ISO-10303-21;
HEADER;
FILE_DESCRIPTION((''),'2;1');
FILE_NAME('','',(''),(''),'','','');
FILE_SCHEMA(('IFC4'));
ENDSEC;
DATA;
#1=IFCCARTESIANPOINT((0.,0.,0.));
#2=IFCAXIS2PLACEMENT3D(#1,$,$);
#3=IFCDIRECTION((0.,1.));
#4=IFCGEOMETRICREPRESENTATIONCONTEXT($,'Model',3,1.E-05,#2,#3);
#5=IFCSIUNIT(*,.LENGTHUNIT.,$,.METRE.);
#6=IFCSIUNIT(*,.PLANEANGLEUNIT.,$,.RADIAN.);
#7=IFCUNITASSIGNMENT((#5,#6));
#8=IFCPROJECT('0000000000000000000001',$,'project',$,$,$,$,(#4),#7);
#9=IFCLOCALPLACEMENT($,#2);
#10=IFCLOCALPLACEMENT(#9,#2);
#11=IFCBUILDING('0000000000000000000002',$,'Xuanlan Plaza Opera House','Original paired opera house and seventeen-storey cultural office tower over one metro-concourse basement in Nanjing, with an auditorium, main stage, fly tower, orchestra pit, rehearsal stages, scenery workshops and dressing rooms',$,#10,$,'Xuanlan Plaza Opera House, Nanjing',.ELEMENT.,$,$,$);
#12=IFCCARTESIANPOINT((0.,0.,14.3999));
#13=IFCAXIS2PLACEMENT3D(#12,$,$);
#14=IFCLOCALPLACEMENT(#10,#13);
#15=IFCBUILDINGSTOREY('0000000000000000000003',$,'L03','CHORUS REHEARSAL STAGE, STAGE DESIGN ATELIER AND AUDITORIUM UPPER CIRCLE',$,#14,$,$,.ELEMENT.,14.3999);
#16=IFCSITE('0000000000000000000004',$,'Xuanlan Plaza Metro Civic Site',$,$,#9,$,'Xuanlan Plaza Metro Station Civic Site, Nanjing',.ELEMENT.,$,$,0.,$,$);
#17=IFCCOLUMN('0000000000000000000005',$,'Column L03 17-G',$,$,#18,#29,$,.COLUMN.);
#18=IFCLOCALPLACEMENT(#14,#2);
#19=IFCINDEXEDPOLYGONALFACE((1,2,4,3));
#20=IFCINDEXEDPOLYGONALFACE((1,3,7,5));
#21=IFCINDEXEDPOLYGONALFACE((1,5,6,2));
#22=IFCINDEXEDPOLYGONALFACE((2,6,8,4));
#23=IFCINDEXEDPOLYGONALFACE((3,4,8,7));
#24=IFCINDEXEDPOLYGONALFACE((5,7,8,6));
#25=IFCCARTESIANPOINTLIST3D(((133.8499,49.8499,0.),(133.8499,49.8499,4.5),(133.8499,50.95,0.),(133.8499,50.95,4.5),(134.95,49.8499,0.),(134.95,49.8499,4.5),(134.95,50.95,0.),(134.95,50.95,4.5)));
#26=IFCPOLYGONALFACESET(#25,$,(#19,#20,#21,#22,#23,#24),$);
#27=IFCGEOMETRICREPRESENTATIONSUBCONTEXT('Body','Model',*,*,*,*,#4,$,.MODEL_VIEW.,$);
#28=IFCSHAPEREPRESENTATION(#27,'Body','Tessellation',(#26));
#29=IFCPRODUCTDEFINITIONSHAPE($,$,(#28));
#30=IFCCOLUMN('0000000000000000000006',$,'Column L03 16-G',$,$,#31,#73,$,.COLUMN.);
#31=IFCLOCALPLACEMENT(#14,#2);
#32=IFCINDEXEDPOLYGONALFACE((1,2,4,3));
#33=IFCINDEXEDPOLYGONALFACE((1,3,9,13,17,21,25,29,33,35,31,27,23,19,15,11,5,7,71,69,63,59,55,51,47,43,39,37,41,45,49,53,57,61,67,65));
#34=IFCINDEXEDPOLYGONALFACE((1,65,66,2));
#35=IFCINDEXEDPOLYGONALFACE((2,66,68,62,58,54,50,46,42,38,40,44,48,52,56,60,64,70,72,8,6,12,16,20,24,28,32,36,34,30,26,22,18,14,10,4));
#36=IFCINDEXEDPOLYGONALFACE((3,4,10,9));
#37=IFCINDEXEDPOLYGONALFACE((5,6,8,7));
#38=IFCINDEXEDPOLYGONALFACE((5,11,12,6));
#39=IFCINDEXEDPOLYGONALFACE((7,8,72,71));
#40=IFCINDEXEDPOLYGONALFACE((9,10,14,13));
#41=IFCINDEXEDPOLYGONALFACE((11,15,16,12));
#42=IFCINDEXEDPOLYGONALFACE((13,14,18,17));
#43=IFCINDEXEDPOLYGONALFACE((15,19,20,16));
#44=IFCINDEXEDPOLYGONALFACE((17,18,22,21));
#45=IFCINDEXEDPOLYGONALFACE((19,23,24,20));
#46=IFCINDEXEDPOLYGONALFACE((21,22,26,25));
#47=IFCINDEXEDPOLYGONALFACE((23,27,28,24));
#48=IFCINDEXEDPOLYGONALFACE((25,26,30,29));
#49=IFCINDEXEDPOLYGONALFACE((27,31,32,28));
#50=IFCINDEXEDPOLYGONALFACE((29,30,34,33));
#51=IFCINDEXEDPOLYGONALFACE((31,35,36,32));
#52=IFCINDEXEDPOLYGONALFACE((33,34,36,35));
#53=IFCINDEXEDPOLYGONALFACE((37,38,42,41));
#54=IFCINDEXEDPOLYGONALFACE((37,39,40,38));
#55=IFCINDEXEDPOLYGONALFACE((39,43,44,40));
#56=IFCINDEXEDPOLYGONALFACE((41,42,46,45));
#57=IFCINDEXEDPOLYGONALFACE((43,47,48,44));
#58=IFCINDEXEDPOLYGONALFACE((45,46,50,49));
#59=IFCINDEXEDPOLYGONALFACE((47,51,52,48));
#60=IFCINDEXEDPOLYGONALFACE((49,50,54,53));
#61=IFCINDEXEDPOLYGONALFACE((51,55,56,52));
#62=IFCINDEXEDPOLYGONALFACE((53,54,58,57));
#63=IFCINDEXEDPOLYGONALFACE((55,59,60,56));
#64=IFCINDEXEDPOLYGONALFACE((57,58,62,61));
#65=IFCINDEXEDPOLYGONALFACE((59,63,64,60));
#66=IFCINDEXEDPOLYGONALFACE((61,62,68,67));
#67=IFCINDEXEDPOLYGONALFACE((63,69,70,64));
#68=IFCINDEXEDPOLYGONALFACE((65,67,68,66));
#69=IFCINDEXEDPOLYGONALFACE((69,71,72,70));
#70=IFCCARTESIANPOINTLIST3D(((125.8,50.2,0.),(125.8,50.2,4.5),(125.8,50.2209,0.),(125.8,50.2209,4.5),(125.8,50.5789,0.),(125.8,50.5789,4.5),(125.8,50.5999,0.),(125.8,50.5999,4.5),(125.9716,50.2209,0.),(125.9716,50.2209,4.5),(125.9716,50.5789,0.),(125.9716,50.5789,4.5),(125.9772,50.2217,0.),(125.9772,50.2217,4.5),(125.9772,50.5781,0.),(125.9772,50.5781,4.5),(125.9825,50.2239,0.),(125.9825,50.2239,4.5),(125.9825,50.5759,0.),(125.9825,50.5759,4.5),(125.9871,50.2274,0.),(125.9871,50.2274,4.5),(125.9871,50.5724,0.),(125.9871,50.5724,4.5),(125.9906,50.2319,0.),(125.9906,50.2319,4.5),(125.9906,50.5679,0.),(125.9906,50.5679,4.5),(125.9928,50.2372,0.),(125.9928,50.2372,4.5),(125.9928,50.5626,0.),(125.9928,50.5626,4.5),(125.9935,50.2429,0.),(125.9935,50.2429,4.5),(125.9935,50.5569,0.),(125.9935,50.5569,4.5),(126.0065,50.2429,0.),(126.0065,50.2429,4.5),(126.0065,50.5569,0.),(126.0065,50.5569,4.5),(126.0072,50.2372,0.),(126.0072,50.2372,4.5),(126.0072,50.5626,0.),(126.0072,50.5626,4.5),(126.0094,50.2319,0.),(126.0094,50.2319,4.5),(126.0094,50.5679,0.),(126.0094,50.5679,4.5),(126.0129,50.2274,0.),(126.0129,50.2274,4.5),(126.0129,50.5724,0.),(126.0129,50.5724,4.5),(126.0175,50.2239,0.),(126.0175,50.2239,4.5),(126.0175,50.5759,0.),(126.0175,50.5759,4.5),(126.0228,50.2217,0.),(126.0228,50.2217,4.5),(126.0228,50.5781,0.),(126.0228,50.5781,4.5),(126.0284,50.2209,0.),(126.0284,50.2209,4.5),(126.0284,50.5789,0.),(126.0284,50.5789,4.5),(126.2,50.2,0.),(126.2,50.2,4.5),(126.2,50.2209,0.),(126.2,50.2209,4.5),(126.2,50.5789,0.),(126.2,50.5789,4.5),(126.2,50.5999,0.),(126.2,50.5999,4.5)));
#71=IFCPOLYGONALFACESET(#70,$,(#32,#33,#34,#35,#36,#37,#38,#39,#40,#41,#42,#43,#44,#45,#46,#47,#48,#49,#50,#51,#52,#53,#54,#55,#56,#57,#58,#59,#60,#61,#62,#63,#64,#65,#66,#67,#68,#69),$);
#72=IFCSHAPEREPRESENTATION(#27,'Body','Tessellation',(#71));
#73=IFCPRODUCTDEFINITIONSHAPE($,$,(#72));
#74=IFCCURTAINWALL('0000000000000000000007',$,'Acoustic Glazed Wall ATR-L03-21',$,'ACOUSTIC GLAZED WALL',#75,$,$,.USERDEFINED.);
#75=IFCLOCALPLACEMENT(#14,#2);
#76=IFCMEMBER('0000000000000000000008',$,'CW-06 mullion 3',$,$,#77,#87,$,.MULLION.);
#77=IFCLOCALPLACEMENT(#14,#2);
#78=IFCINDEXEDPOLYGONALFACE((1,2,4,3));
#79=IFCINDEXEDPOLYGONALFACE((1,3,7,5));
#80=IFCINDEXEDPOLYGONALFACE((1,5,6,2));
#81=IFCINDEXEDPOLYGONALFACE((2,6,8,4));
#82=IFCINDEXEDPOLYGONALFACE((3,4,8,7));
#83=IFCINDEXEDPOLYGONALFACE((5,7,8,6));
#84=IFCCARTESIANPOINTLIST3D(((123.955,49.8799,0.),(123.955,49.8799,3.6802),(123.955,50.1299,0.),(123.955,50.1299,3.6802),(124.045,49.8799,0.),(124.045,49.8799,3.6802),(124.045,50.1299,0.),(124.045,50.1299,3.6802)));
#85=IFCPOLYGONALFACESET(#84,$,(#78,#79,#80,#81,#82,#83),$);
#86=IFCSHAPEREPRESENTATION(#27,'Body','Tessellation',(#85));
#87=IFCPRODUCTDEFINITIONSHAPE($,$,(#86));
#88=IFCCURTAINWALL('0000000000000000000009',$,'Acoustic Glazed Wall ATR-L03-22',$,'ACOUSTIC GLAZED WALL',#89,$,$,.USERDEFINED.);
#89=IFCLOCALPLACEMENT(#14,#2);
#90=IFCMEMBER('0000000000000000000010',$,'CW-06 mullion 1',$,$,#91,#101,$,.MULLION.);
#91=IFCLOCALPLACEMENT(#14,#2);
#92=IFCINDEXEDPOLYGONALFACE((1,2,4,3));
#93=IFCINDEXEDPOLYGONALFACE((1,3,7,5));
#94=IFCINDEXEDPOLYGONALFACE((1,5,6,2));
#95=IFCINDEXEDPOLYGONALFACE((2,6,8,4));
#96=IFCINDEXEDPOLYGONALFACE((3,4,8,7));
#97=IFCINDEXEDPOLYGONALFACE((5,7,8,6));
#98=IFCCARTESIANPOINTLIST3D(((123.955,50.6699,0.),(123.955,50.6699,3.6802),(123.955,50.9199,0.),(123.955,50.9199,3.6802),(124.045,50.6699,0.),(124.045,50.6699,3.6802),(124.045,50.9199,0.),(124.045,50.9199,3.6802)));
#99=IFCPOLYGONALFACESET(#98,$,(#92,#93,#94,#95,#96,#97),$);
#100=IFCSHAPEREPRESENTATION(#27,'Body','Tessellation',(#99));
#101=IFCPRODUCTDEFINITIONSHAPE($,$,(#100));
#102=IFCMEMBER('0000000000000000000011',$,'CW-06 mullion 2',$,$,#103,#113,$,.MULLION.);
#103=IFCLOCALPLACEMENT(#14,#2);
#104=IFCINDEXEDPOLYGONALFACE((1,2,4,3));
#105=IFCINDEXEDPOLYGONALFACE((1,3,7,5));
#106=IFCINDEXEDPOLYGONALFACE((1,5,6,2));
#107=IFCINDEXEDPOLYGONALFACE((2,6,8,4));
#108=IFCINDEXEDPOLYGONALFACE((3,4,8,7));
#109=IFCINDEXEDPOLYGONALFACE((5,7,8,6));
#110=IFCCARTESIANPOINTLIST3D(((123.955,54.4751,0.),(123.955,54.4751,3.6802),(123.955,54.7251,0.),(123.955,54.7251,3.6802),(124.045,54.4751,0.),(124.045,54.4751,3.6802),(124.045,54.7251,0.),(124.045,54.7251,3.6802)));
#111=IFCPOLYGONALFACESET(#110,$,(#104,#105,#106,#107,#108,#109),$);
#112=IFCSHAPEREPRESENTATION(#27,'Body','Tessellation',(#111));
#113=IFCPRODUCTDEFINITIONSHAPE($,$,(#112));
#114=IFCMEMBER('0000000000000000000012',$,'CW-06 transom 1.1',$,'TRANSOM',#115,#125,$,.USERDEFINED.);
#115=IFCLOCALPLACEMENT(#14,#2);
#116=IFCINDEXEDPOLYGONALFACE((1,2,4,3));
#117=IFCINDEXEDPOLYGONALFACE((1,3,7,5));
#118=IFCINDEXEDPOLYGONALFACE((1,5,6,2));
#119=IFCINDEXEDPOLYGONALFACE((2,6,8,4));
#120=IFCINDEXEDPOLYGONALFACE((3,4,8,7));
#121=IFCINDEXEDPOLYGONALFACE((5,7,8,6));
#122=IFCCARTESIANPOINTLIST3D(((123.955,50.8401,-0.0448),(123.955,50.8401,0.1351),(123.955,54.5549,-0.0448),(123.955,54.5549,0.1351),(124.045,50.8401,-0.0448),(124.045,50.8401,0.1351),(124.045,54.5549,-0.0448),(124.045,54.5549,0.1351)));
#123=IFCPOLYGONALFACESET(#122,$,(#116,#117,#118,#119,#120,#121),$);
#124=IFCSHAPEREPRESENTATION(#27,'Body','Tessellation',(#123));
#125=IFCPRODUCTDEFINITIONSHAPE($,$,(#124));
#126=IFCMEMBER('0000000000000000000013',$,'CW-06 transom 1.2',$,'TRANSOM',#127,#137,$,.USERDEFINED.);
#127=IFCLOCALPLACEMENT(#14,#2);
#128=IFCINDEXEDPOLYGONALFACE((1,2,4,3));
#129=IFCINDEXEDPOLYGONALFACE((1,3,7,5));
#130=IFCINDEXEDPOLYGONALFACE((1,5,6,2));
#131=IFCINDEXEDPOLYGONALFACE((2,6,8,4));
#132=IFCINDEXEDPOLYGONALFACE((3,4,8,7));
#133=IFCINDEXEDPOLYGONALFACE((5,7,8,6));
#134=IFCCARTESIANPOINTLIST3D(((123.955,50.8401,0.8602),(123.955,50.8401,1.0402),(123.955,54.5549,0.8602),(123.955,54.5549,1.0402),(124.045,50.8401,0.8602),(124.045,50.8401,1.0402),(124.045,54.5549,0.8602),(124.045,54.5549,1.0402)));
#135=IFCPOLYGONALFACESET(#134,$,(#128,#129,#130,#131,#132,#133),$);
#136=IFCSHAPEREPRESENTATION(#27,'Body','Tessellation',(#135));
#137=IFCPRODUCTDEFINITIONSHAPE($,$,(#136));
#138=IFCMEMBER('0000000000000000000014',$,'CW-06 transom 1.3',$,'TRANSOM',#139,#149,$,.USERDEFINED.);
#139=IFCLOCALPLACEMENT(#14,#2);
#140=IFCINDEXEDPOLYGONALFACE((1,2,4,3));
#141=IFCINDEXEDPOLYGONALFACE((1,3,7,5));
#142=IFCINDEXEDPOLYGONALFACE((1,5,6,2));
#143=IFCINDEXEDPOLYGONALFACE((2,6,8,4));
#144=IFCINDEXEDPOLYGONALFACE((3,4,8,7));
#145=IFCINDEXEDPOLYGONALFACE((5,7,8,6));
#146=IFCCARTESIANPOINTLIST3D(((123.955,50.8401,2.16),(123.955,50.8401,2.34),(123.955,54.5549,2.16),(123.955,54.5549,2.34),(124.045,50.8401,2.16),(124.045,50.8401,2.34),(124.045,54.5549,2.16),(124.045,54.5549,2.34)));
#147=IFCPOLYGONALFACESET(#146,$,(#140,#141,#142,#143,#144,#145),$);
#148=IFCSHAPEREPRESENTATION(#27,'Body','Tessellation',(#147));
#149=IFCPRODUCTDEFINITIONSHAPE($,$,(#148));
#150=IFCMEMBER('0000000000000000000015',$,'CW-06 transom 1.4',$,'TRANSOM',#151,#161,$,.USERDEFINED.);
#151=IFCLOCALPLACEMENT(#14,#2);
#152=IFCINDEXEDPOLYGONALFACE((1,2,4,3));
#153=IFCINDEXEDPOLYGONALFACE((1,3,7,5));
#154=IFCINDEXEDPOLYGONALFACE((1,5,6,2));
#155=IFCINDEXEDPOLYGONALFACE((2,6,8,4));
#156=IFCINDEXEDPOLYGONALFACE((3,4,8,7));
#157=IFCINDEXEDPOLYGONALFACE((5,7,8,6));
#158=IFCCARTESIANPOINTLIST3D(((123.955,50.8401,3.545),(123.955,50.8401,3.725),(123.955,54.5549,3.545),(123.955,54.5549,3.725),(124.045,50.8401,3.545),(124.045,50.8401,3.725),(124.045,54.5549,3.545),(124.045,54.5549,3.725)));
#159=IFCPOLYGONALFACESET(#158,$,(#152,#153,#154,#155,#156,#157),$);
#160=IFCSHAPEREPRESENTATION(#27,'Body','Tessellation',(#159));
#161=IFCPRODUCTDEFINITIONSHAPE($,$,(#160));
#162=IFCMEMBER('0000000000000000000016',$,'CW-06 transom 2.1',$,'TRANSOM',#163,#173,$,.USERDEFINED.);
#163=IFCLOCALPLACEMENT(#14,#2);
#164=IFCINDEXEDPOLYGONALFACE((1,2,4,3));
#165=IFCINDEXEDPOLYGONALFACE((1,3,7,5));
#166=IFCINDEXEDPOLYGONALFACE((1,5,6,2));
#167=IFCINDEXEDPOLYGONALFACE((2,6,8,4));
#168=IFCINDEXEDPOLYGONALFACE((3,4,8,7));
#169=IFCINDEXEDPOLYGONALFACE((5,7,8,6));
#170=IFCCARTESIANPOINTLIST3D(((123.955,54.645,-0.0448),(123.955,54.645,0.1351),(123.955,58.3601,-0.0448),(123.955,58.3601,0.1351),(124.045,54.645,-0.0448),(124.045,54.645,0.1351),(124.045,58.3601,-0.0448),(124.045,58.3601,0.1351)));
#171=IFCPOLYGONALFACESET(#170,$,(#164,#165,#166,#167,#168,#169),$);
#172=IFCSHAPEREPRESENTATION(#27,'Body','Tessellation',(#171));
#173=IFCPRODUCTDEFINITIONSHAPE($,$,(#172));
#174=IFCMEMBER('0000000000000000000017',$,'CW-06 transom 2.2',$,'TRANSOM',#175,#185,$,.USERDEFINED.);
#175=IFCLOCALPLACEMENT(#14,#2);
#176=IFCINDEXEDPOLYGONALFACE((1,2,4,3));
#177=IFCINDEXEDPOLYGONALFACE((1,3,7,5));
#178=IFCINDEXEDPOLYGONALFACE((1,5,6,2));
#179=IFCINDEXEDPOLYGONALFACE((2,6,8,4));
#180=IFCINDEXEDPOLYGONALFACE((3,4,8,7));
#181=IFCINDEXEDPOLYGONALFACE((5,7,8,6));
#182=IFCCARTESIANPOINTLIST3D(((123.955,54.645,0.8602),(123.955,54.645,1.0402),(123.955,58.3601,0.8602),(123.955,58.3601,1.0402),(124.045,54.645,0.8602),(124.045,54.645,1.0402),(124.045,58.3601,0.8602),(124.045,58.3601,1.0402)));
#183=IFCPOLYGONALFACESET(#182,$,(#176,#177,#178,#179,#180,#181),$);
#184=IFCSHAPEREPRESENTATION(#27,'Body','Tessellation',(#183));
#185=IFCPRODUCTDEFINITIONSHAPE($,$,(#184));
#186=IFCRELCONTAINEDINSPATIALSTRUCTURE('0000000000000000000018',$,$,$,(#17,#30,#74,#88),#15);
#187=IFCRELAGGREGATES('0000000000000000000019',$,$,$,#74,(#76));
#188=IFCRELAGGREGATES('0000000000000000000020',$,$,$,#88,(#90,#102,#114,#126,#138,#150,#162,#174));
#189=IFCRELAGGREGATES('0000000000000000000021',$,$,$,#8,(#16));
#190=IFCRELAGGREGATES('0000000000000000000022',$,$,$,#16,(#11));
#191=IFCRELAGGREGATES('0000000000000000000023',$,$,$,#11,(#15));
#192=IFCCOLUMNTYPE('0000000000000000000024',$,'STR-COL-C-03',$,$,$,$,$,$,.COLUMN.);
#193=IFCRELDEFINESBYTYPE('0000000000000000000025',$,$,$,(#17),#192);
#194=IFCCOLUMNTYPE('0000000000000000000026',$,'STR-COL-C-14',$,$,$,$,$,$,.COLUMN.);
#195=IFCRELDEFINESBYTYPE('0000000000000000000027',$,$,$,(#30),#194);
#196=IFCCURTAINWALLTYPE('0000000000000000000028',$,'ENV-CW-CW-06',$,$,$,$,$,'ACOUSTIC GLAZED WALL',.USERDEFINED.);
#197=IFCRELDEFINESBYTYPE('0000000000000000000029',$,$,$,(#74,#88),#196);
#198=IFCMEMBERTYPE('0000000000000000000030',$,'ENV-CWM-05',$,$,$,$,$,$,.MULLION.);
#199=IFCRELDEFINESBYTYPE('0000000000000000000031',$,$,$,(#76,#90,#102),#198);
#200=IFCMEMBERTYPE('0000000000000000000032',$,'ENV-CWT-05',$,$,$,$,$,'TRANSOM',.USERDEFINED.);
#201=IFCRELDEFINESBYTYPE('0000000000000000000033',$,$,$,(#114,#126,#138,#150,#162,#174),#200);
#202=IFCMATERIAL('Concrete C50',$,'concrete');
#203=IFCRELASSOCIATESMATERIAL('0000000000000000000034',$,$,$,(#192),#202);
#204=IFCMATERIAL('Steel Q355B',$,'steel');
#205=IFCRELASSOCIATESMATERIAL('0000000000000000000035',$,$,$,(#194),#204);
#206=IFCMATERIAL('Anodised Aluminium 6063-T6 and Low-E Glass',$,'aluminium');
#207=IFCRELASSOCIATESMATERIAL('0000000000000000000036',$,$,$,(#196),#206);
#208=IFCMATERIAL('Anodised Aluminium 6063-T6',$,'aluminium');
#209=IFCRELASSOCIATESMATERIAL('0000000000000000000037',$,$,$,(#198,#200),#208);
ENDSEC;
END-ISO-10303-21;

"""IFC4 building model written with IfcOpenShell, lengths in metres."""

from ifc_helpers import new_model, si_unit, direction, frame, origin, origin_2d, place, context, subcontext, project, spatial, rectangle, i_section, extrude, material, material_profile, profile_set, type_object, element, aggregate, save


model = new_model("IFC4")

# Units and contexts
model_context = context("Model", 3, precision=1e-05, world=origin(), true_north=direction((0.0, 1.0)))
body_context = subcontext(model_context, "Body", "Model", "MODEL_VIEW")
ifc_project = project(units=[si_unit("LENGTHUNIT", "METRE"), si_unit("PLANEANGLEUNIT", "RADIAN")], contexts=[model_context])

# Site, building, storey
site_placement = place(None, origin())
site = spatial("IfcSite", under=ifc_project, at=site_placement, Name="Xuanlan Plaza Metro Civic Site", LongName="Xuanlan Plaza Metro Station Civic Site, Nanjing", CompositionType="ELEMENT", RefElevation=0.0)
building_placement = place(site_placement, origin())
building = spatial("IfcBuilding", under=site, at=building_placement, Name="Xuanlan Plaza Opera House", Description="Original paired opera house and seventeen-storey cultural office tower over one metro-concourse basement in Nanjing, with an auditorium, main stage, fly tower, orchestra pit, rehearsal stages, scenery workshops and dressing rooms", LongName="Xuanlan Plaza Opera House, Nanjing", CompositionType="ELEMENT")
storey_placement = place(building_placement, frame((0.0, 0.0, 14.3999)))
storey = spatial("IfcBuildingStorey", under=building, at=storey_placement, Name="L03", Description="CHORUS REHEARSAL STAGE, STAGE DESIGN ATELIER AND AUDITORIUM UPPER CIRCLE", CompositionType="ELEMENT", Elevation=14.3999)

# Columns
ifc_material_1 = material(Name="Concrete C50", Category="concrete")
ifc_material_profile_1 = material_profile(ifc_material_1, rectangle(XDim=1.1001, YDim=1.1001, at=origin_2d()), Name="RC-COL 1100x1100")
ifc_profile_set_1 = profile_set([ifc_material_profile_1], Name="Concrete C50")
column_type_1 = type_object("IfcColumnType", Name="STR-COL-C-03", PredefinedType="COLUMN", material=ifc_profile_set_1)
column_1_placement = place(storey_placement, frame((134.3999, 50.3999, 0.0), z_axis=(0.0, 0.0, 1.0), x_axis=(1.0, 0.0, 0.0)))
element("IfcColumn", 1, at=column_1_placement, inside=storey, type_object=column_type_1, Name="Column L03 17-G", PredefinedType="COLUMN", context=body_context, shape_type="SweptSolid", body=[
    extrude(rectangle(XDim=1.1001, YDim=1.1001, at=origin_2d()), origin(), (0.0, 0.0, 1.0), 4.5),
])
ifc_material_2 = material(Name="Steel Q355B", Category="steel")
ifc_material_profile_2 = material_profile(ifc_material_2, i_section(OverallWidth=0.3999, OverallDepth=0.3999, WebThickness=0.0129, FlangeThickness=0.021, FilletRadius=0.022, at=origin_2d()), Name="HW 400x400x13x21")
ifc_profile_set_2 = profile_set([ifc_material_profile_2], Name="Steel Q355B")
column_type_2 = type_object("IfcColumnType", Name="STR-COL-C-14", PredefinedType="COLUMN", material=ifc_profile_set_2)
column_2_placement = place(storey_placement, frame((126.0, 50.3999, 0.0), z_axis=(0.0, 0.0, 1.0), x_axis=(1.0, 0.0, 0.0)))
element("IfcColumn", 2, at=column_2_placement, inside=storey, type_object=column_type_2, Name="Column L03 16-G", PredefinedType="COLUMN", context=body_context, shape_type="SweptSolid", body=[
    extrude(i_section(OverallWidth=0.3999, OverallDepth=0.3999, WebThickness=0.0129, FlangeThickness=0.021, FilletRadius=0.022, at=origin_2d()), origin(), (0.0, 0.0, 1.0), 4.5),
])

# Curtain wall, member
ifc_material_3 = material(Name="Anodised Aluminium 6063-T6 and Low-E Glass", Category="aluminium")
curtain_wall_type = type_object("IfcCurtainWallType", Name="ENV-CW-CW-06", ElementType="ACOUSTIC GLAZED WALL", PredefinedType="USERDEFINED", material=ifc_material_3)
curtain_wall_1_placement = place(storey_placement, origin())
curtain_wall_1 = element("IfcCurtainWall", 3, at=curtain_wall_1_placement, inside=storey, type_object=curtain_wall_type, Name="Acoustic Glazed Wall ATR-L03-21", ObjectType="ACOUSTIC GLAZED WALL", PredefinedType="USERDEFINED")
ifc_material_4 = material(Name="Anodised Aluminium 6063-T6", Category="aluminium")
ifc_material_profile_3 = material_profile(ifc_material_4, rectangle(XDim=0.0901, YDim=0.25, at=origin_2d()), Name="ALU-M 90x250")
ifc_profile_set_3 = profile_set([ifc_material_profile_3], Name="Anodised Aluminium 6063-T6")
member_type_1 = type_object("IfcMemberType", Name="ENV-CWM-05", PredefinedType="MULLION", material=ifc_profile_set_3)
member_1_placement = place(storey_placement, frame((124.0, 50.0049, 0.0), z_axis=(0.0, 0.0, 1.0), x_axis=(-1.0, 0.0, 0.0)))
member_1 = element("IfcMember", 4, at=member_1_placement, type_object=member_type_1, Name="CW-06 mullion 3", PredefinedType="MULLION", context=body_context, shape_type="SweptSolid", body=[
    extrude(rectangle(XDim=0.0901, YDim=0.25, at=origin_2d()), origin(), (0.0, 0.0, 1.0), 3.6802),
])
aggregate(curtain_wall_1, [member_1])

# Curtain wall, members
curtain_wall_2_placement = place(storey_placement, origin())
curtain_wall_2 = element("IfcCurtainWall", 5, at=curtain_wall_2_placement, inside=storey, type_object=curtain_wall_type, Name="Acoustic Glazed Wall ATR-L03-22", ObjectType="ACOUSTIC GLAZED WALL", PredefinedType="USERDEFINED")
member_2_placement = place(storey_placement, frame((124.0, 50.7949, 0.0), z_axis=(0.0, 0.0, 1.0), x_axis=(-1.0, 0.0, 0.0)))
member_2 = element("IfcMember", 6, at=member_2_placement, type_object=member_type_1, Name="CW-06 mullion 1", PredefinedType="MULLION", context=body_context, shape_type="SweptSolid", body=[
    extrude(rectangle(XDim=0.0901, YDim=0.25, at=origin_2d()), origin(), (0.0, 0.0, 1.0), 3.6802),
])
member_3_placement = place(storey_placement, frame((124.0, 54.6001, 0.0), z_axis=(0.0, 0.0, 1.0), x_axis=(-1.0, 0.0, 0.0)))
member_3 = element("IfcMember", 7, at=member_3_placement, type_object=member_type_1, Name="CW-06 mullion 2", PredefinedType="MULLION", context=body_context, shape_type="SweptSolid", body=[
    extrude(rectangle(XDim=0.0901, YDim=0.25, at=origin_2d()), origin(), (0.0, 0.0, 1.0), 3.6802),
])
ifc_material_profile_4 = material_profile(ifc_material_4, rectangle(XDim=0.0901, YDim=0.1799, at=origin_2d()), Name="ALU-T 90x180")
ifc_profile_set_4 = profile_set([ifc_material_profile_4], Name="Anodised Aluminium 6063-T6")
member_type_2 = type_object("IfcMemberType", Name="ENV-CWT-05", ElementType="TRANSOM", PredefinedType="USERDEFINED", material=ifc_profile_set_4)
member_4_placement = place(storey_placement, frame((124.0, 50.8401, 0.0452), z_axis=(0.0, 1.0, 0.0), x_axis=(-1.0, 0.0, 0.0)))
member_4 = element("IfcMember", 8, at=member_4_placement, type_object=member_type_2, Name="CW-06 transom 1.1", ObjectType="TRANSOM", PredefinedType="USERDEFINED", context=body_context, shape_type="SweptSolid", body=[
    extrude(rectangle(XDim=0.0901, YDim=0.1799, at=origin_2d()), origin(), (0.0, 0.0, 1.0), 3.7148),
])
member_5_placement = place(storey_placement, frame((124.0, 50.8401, 0.9502), z_axis=(0.0, 1.0, 0.0), x_axis=(-1.0, 0.0, 0.0)))
member_5 = element("IfcMember", 9, at=member_5_placement, type_object=member_type_2, Name="CW-06 transom 1.2", ObjectType="TRANSOM", PredefinedType="USERDEFINED", context=body_context, shape_type="SweptSolid", body=[
    extrude(rectangle(XDim=0.0901, YDim=0.1799, at=origin_2d()), origin(), (0.0, 0.0, 1.0), 3.7148),
])
member_6_placement = place(storey_placement, frame((124.0, 50.8401, 2.25), z_axis=(0.0, 1.0, 0.0), x_axis=(-1.0, 0.0, 0.0)))
member_6 = element("IfcMember", 10, at=member_6_placement, type_object=member_type_2, Name="CW-06 transom 1.3", ObjectType="TRANSOM", PredefinedType="USERDEFINED", context=body_context, shape_type="SweptSolid", body=[
    extrude(rectangle(XDim=0.0901, YDim=0.1799, at=origin_2d()), origin(), (0.0, 0.0, 1.0), 3.7148),
])
member_7_placement = place(storey_placement, frame((124.0, 50.8401, 3.635), z_axis=(0.0, 1.0, 0.0), x_axis=(-1.0, 0.0, 0.0)))
member_7 = element("IfcMember", 11, at=member_7_placement, type_object=member_type_2, Name="CW-06 transom 1.4", ObjectType="TRANSOM", PredefinedType="USERDEFINED", context=body_context, shape_type="SweptSolid", body=[
    extrude(rectangle(XDim=0.0901, YDim=0.1799, at=origin_2d()), origin(), (0.0, 0.0, 1.0), 3.7148),
])
member_8_placement = place(storey_placement, frame((124.0, 54.645, 0.0452), z_axis=(0.0, 1.0, 0.0), x_axis=(-1.0, 0.0, 0.0)))
member_8 = element("IfcMember", 12, at=member_8_placement, type_object=member_type_2, Name="CW-06 transom 2.1", ObjectType="TRANSOM", PredefinedType="USERDEFINED", context=body_context, shape_type="SweptSolid", body=[
    extrude(rectangle(XDim=0.0901, YDim=0.1799, at=origin_2d()), origin(), (0.0, 0.0, 1.0), 3.7151),
])
member_9_placement = place(storey_placement, frame((124.0, 54.645, 0.9502), z_axis=(0.0, 1.0, 0.0), x_axis=(-1.0, 0.0, 0.0)))
member_9 = element("IfcMember", 13, at=member_9_placement, type_object=member_type_2, Name="CW-06 transom 2.2", ObjectType="TRANSOM", PredefinedType="USERDEFINED", context=body_context, shape_type="SweptSolid", body=[
    extrude(rectangle(XDim=0.0901, YDim=0.1799, at=origin_2d()), origin(), (0.0, 0.0, 1.0), 3.7151),
])

aggregate(curtain_wall_2, [member_2, member_3, member_4, member_5, member_6, member_7, member_8, member_9])

save(model, "model.ifc")
